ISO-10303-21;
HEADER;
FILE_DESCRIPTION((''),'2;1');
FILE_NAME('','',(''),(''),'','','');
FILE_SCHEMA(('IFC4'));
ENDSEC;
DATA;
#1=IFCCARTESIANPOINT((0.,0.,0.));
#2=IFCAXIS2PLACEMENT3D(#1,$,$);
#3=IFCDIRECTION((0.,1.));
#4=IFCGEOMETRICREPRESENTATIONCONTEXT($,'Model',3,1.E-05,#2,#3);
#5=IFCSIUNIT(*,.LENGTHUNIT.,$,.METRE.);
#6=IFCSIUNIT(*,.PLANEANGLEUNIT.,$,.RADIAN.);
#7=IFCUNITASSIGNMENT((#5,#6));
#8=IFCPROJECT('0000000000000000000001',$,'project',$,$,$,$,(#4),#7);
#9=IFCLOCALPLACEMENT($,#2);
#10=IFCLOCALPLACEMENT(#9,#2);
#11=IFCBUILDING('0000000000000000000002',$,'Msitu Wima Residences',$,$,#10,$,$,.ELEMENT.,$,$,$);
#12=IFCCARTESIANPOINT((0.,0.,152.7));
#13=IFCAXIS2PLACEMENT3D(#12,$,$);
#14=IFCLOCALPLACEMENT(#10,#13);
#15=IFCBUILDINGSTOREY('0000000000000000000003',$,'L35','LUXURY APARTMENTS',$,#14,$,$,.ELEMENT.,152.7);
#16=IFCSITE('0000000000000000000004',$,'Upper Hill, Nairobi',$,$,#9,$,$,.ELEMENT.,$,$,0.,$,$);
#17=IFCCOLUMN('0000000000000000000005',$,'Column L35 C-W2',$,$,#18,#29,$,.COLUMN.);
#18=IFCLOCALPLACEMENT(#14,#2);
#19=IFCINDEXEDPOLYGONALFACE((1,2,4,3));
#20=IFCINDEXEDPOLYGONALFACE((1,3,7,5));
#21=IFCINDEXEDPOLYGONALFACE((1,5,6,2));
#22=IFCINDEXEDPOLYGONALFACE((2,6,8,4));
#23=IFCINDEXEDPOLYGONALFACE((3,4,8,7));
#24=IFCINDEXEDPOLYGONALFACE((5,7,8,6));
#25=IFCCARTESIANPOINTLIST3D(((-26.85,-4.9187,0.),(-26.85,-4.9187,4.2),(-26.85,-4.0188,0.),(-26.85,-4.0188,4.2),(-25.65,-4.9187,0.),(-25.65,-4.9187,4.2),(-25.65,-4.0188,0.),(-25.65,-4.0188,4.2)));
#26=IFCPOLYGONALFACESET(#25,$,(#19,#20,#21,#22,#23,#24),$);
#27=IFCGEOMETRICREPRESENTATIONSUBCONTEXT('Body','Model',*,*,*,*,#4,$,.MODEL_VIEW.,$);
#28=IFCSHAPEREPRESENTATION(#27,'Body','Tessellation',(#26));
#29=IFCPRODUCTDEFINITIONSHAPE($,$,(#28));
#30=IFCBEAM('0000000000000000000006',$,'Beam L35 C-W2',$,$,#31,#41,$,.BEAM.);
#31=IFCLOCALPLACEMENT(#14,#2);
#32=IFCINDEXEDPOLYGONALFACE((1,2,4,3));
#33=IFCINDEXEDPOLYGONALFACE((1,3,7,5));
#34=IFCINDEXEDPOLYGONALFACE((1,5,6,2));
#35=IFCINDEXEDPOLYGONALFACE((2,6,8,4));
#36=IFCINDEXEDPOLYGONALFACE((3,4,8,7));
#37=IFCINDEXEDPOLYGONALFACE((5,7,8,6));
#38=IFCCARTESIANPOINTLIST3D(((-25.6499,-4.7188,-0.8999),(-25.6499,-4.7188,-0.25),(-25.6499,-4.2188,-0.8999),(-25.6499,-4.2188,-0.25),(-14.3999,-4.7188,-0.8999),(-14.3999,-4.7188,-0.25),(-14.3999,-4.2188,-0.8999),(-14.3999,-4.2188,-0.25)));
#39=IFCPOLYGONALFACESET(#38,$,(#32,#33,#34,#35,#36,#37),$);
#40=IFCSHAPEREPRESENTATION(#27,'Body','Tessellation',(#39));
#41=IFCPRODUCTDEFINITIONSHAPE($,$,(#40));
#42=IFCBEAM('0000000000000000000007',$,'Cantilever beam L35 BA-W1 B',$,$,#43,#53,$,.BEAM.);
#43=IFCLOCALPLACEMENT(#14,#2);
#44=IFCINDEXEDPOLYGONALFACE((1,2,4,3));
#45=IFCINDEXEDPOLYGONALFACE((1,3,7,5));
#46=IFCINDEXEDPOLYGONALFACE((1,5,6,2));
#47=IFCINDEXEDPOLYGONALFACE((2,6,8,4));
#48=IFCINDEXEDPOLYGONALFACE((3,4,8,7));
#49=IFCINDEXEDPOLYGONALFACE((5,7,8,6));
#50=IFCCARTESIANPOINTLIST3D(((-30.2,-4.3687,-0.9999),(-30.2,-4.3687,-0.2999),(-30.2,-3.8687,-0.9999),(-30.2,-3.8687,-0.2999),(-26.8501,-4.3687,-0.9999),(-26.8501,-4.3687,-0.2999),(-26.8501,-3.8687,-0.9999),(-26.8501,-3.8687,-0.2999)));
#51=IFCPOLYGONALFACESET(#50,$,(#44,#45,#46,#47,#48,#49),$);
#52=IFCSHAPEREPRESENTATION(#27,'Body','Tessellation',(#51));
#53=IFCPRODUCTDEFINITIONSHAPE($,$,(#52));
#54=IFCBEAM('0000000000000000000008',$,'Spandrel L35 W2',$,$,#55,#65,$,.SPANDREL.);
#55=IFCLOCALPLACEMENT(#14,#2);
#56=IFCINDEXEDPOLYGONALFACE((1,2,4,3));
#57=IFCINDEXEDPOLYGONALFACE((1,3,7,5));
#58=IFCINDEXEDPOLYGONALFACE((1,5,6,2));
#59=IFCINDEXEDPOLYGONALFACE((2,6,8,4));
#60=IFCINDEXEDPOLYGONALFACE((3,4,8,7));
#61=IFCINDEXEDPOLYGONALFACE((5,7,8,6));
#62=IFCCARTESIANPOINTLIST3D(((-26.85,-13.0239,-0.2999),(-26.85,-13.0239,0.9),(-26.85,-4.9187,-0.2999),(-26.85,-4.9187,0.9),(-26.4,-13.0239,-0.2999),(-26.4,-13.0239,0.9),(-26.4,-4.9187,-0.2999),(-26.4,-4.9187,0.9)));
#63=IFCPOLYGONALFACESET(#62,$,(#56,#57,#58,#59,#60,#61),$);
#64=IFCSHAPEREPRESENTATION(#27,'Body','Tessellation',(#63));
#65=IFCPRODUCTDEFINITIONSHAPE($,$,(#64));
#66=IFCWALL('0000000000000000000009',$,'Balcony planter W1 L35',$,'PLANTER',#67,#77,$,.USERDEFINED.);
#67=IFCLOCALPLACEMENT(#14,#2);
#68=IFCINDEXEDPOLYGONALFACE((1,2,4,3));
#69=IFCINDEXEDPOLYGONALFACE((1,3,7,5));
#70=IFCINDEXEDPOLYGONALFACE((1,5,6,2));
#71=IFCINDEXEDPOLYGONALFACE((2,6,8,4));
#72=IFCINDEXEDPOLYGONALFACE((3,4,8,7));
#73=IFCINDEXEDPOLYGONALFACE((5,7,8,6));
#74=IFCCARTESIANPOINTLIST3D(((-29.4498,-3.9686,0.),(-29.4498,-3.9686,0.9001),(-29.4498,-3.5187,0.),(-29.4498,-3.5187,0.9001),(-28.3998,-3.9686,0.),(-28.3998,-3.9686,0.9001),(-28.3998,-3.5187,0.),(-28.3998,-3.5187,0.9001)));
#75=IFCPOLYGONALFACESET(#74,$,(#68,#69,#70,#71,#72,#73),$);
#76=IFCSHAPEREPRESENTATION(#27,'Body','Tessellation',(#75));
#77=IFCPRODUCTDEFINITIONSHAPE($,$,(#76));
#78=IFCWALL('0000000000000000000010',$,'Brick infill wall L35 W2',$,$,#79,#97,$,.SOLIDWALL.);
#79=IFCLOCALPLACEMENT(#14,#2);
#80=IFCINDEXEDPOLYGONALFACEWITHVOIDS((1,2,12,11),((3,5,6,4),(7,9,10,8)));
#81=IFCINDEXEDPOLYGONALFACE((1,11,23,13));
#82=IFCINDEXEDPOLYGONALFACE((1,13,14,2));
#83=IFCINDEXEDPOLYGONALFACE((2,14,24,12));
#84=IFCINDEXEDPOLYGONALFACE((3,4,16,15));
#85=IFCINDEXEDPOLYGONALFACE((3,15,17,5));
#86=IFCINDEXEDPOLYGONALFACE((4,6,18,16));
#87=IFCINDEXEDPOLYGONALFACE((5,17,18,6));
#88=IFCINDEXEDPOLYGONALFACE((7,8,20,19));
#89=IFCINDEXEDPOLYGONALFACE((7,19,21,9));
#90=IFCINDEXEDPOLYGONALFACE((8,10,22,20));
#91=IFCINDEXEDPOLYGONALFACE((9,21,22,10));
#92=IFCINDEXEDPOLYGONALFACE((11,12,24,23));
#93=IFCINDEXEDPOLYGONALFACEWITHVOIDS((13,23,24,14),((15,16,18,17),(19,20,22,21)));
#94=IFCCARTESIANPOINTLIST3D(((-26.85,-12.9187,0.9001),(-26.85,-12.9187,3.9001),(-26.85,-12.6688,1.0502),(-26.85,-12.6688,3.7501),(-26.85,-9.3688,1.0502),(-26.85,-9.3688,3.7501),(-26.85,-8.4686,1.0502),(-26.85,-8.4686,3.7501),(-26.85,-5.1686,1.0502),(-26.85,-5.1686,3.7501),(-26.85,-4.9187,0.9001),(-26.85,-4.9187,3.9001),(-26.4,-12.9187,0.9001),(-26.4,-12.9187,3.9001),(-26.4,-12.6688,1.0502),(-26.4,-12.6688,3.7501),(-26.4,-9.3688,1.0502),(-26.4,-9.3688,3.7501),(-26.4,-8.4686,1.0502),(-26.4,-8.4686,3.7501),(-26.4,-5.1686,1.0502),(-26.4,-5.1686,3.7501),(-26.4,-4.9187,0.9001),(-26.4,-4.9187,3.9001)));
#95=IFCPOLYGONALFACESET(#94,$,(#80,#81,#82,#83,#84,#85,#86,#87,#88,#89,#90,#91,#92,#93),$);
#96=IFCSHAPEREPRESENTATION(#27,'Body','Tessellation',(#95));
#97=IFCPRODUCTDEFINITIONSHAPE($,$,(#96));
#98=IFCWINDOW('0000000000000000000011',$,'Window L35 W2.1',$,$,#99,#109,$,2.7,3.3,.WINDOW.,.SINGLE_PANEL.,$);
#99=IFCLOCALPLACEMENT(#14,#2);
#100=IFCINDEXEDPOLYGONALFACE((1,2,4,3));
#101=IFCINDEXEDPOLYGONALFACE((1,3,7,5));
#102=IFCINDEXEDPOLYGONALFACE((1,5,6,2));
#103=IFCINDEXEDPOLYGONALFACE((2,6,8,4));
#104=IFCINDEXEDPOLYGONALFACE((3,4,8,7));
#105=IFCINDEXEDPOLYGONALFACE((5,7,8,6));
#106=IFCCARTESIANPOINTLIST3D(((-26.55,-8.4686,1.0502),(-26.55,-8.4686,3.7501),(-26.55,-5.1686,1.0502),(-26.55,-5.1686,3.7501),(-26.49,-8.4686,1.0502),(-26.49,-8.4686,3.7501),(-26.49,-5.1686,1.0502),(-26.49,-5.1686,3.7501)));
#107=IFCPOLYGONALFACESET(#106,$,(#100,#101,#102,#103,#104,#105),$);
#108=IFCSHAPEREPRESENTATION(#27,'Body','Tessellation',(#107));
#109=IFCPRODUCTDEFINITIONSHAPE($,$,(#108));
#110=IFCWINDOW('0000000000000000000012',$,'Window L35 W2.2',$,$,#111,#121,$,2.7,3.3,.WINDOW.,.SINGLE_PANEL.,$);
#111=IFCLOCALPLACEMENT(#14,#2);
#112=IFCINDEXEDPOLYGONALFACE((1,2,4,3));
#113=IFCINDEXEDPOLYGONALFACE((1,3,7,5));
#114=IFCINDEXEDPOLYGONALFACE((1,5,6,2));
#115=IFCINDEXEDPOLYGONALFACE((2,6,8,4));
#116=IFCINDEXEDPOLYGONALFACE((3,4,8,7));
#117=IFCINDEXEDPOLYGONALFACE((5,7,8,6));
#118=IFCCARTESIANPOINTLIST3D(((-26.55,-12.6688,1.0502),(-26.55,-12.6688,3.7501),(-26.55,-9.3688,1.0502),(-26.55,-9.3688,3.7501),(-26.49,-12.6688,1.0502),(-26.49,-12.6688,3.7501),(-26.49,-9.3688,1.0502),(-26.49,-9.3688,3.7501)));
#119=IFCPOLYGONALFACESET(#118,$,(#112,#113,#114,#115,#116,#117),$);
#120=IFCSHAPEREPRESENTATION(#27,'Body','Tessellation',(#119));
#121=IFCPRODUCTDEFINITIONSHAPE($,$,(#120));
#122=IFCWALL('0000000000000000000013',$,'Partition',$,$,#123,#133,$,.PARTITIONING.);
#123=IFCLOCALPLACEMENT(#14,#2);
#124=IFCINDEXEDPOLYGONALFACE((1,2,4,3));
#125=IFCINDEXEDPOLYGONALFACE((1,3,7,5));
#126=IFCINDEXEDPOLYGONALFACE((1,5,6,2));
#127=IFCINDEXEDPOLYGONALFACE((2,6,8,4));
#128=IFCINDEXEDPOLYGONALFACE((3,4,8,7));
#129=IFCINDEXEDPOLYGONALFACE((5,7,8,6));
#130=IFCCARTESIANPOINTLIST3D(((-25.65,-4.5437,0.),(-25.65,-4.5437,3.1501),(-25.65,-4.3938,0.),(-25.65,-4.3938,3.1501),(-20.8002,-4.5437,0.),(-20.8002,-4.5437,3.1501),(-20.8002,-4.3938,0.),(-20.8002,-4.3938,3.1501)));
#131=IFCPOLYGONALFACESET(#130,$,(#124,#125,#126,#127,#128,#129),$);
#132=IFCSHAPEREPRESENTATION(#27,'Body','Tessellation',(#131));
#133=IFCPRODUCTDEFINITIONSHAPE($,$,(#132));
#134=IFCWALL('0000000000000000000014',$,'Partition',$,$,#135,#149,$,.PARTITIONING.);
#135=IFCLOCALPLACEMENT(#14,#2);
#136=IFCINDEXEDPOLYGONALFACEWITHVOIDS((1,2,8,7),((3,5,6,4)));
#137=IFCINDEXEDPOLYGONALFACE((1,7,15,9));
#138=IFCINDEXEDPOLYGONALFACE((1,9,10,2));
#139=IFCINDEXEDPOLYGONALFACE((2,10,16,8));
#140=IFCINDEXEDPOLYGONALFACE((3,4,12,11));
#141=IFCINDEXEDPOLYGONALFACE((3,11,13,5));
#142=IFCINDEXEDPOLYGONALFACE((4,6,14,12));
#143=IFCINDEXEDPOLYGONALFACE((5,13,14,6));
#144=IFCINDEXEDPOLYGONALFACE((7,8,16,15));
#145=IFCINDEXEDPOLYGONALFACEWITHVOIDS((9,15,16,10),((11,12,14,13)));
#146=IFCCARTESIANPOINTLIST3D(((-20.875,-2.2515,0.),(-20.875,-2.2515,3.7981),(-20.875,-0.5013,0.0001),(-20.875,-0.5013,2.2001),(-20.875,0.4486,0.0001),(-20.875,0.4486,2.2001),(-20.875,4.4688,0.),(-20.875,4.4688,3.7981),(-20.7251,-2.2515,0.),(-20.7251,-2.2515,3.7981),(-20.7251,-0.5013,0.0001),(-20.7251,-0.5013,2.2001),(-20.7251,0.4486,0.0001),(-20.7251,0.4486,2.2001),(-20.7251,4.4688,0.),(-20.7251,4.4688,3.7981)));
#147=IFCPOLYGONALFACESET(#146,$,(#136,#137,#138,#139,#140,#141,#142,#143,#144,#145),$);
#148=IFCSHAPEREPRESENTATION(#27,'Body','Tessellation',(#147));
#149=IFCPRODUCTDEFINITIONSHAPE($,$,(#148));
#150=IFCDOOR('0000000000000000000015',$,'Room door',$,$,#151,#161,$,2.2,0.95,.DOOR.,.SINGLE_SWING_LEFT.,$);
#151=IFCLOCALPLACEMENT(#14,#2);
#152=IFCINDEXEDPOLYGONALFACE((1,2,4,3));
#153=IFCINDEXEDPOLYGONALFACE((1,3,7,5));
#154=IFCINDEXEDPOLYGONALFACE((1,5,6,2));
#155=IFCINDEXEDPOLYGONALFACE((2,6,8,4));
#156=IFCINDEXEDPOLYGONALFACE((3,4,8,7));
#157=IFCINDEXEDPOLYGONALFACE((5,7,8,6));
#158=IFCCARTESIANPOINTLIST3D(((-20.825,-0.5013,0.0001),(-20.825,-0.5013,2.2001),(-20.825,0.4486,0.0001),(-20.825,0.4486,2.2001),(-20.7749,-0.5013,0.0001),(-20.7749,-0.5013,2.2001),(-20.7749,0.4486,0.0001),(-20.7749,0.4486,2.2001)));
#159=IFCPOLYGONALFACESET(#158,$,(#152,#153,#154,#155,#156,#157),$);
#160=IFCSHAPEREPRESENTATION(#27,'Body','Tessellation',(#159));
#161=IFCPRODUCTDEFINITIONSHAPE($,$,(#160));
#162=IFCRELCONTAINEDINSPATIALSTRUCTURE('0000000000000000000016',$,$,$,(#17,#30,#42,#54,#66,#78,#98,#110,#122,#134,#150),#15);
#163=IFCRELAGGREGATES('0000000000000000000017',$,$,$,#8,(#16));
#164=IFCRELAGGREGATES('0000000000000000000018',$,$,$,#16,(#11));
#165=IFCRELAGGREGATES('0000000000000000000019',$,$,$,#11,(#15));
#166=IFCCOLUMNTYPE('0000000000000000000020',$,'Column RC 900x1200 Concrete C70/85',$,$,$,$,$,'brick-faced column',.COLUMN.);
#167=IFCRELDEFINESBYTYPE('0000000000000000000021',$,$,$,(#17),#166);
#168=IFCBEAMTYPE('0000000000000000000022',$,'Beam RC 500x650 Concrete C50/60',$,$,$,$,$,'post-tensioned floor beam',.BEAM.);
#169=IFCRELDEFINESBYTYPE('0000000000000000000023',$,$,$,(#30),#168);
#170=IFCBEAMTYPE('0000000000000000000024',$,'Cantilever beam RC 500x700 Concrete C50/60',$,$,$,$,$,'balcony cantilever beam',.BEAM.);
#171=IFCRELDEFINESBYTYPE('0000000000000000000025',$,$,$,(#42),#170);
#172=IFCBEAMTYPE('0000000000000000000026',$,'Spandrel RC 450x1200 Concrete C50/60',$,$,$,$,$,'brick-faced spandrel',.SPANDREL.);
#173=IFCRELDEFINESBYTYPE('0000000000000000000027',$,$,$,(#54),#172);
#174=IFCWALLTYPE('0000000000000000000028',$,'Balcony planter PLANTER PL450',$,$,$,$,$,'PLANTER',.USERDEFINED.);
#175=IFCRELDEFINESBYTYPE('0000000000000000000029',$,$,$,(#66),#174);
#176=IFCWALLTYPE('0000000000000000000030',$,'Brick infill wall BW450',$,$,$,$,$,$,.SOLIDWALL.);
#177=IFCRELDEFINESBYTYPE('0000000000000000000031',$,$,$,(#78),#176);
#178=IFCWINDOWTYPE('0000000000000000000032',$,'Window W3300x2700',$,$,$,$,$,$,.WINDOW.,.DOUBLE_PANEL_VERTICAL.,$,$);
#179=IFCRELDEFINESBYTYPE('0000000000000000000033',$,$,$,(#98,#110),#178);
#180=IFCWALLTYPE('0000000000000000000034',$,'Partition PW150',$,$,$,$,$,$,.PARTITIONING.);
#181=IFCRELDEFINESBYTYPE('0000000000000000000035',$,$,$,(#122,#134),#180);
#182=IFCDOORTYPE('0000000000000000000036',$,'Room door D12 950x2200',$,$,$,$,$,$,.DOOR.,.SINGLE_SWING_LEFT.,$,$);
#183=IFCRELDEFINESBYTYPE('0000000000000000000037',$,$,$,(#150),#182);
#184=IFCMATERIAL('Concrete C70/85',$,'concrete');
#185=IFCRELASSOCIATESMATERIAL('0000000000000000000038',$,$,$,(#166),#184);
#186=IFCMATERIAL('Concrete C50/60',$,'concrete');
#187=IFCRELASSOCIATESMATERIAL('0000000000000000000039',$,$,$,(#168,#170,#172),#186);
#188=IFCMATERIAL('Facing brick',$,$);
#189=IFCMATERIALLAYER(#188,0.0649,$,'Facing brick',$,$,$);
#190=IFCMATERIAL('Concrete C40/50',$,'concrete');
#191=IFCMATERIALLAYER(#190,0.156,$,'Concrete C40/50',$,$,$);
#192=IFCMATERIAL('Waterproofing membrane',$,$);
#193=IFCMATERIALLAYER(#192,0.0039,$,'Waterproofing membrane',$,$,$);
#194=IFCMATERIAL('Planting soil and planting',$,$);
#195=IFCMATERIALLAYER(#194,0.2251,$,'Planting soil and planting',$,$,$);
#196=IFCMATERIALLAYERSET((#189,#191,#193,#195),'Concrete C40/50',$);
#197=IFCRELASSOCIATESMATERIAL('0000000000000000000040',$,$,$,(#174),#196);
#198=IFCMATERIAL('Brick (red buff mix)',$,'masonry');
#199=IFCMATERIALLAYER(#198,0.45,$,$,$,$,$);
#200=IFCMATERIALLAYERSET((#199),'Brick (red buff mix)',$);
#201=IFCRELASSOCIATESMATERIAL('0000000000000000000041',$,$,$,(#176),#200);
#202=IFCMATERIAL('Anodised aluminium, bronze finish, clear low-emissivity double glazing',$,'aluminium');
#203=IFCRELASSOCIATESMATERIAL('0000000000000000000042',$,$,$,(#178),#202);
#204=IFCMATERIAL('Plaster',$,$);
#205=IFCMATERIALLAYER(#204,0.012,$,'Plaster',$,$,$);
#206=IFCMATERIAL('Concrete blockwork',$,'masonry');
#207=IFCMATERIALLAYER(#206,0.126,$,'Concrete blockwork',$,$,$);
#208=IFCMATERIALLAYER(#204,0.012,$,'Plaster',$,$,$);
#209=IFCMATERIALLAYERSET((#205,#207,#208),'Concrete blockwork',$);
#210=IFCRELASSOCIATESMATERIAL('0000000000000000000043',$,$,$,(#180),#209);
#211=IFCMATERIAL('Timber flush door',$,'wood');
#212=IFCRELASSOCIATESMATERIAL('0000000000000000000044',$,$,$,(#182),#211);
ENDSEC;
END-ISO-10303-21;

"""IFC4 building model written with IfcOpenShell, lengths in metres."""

from ifc_helpers import new_model, si_unit, direction, frame, frame_2d, origin, origin_2d, place, context, subcontext, project, spatial, rectangle, extrude, material, layer, layer_set, material_profile, profile_set, type_object, element, fill, save


model = new_model("IFC4")

# Units and contexts
model_context = context("Model", 3, precision=1e-05, world=origin(), true_north=direction((0.0, 1.0)))
body_context = subcontext(model_context, "Body", "Model", "MODEL_VIEW")
ifc_project = project(units=[si_unit("LENGTHUNIT", "METRE"), si_unit("PLANEANGLEUNIT", "RADIAN")], contexts=[model_context])

# Site, building, storey
site_placement = place(None, origin())
site = spatial("IfcSite", under=ifc_project, at=site_placement, Name="Upper Hill, Nairobi", CompositionType="ELEMENT", RefElevation=0.0)
building_placement = place(site_placement, origin())
building = spatial("IfcBuilding", under=site, at=building_placement, Name="Msitu Wima Residences", CompositionType="ELEMENT")
storey_placement = place(building_placement, frame((0.0, 0.0, 152.7)))
storey = spatial("IfcBuildingStorey", under=building, at=storey_placement, Name="L35", Description="LUXURY APARTMENTS", CompositionType="ELEMENT", Elevation=152.7)

# Column
ifc_material_1 = material(Name="Concrete C70/85", Category="concrete")
ifc_material_profile_1 = material_profile(ifc_material_1, rectangle(XDim=0.8999, YDim=1.2, at=origin_2d()), Name="RC 900x1200")
ifc_profile_set_1 = profile_set([ifc_material_profile_1], Name="Concrete C70/85")
column_type = type_object("IfcColumnType", Name="Column RC 900x1200 Concrete C70/85", ElementType="brick-faced column", PredefinedType="COLUMN", material=ifc_profile_set_1)
column_placement = place(storey_placement, frame((-26.25, -4.4688, 0.0), z_axis=(0.0, 0.0, 1.0), x_axis=(0.0, -1.0, 0.0)))
element("IfcColumn", 1, at=column_placement, inside=storey, type_object=column_type, Name="Column L35 C-W2", PredefinedType="COLUMN", context=body_context, shape_type="SweptSolid", body=[
    extrude(rectangle(XDim=0.8999, YDim=1.2, at=origin_2d()), origin(), (0.0, 0.0, 1.0), 4.2),
])

# Beams
ifc_material_2 = material(Name="Concrete C50/60", Category="concrete")
ifc_material_profile_2 = material_profile(ifc_material_2, rectangle(XDim=0.5, YDim=0.6499, at=origin_2d()), Name="RC 500x650")
ifc_profile_set_2 = profile_set([ifc_material_profile_2], Name="Concrete C50/60")
beam_type_1 = type_object("IfcBeamType", Name="Beam RC 500x650 Concrete C50/60", ElementType="post-tensioned floor beam", PredefinedType="BEAM", material=ifc_profile_set_2)
beam_1_placement = place(storey_placement, frame((-25.6499, -4.4688, -0.575), z_axis=(1.0, 0.0, 0.0), x_axis=(0.0, 1.0, 0.0)))
element("IfcBeam", 2, at=beam_1_placement, inside=storey, type_object=beam_type_1, Name="Beam L35 C-W2", PredefinedType="BEAM", context=body_context, shape_type="SweptSolid", body=[
    extrude(rectangle(XDim=0.5, YDim=0.6499, at=origin_2d()), origin(), (0.0, 0.0, 1.0), 11.25),
])
ifc_material_profile_3 = material_profile(ifc_material_2, rectangle(XDim=0.5, YDim=0.7, at=origin_2d()), Name="RC 500x700")
ifc_profile_set_3 = profile_set([ifc_material_profile_3], Name="Concrete C50/60")
beam_type_2 = type_object("IfcBeamType", Name="Cantilever beam RC 500x700 Concrete C50/60", ElementType="balcony cantilever beam", PredefinedType="BEAM", material=ifc_profile_set_3)
beam_2_placement = place(storey_placement, frame((-26.8501, -4.1187, -0.6499), z_axis=(-1.0, 0.0, 0.0), x_axis=(0.0, -1.0, 0.0)))
element("IfcBeam", 3, at=beam_2_placement, inside=storey, type_object=beam_type_2, Name="Cantilever beam L35 BA-W1 B", PredefinedType="BEAM", context=body_context, shape_type="SweptSolid", body=[
    extrude(rectangle(XDim=0.5, YDim=0.7, at=origin_2d()), origin(), (0.0, 0.0, 1.0), 3.3499),
])
ifc_material_profile_4 = material_profile(ifc_material_2, rectangle(XDim=0.45, YDim=1.2, at=origin_2d()), Name="RC 450x1200")
ifc_profile_set_4 = profile_set([ifc_material_profile_4], Name="Concrete C50/60")
beam_type_3 = type_object("IfcBeamType", Name="Spandrel RC 450x1200 Concrete C50/60", ElementType="brick-faced spandrel", PredefinedType="SPANDREL", material=ifc_profile_set_4)
beam_3_placement = place(storey_placement, frame((-26.625, -4.9187, 0.3), z_axis=(0.0, -1.0, 0.0), x_axis=(1.0, 0.0, 0.0)))
element("IfcBeam", 4, at=beam_3_placement, inside=storey, type_object=beam_type_3, Name="Spandrel L35 W2", PredefinedType="SPANDREL", context=body_context, shape_type="SweptSolid", body=[
    extrude(rectangle(XDim=0.45, YDim=1.2, at=origin_2d()), origin(), (0.0, 0.0, 1.0), 8.1052),
])

# Wall
ifc_material_3 = material(Name="Facing brick")
ifc_layer_1 = layer(ifc_material_3, 0.0649, Name="Facing brick")
ifc_material_4 = material(Name="Concrete C40/50", Category="concrete")
ifc_layer_2 = layer(ifc_material_4, 0.156, Name="Concrete C40/50")
ifc_material_5 = material(Name="Waterproofing membrane")
ifc_layer_3 = layer(ifc_material_5, 0.0039, Name="Waterproofing membrane")
ifc_material_6 = material(Name="Planting soil and planting")
ifc_layer_4 = layer(ifc_material_6, 0.2251, Name="Planting soil and planting")
ifc_layer_set_1 = layer_set([ifc_layer_1, ifc_layer_2, ifc_layer_3, ifc_layer_4], Name="Concrete C40/50")
wall_type_1 = type_object("IfcWallType", Name="Balcony planter PLANTER PL450", ElementType="PLANTER", PredefinedType="USERDEFINED", material=ifc_layer_set_1)
wall_1_placement = place(storey_placement, frame((-28.3999, -3.7437, 0.0), z_axis=(0.0, 0.0, 1.0), x_axis=(-1.0, 0.0, 0.0)))
element("IfcWall", 5, at=wall_1_placement, inside=storey, type_object=wall_type_1, Name="Balcony planter W1 L35", ObjectType="PLANTER", PredefinedType="USERDEFINED", context=body_context, shape_type="SweptSolid", body=[
    extrude(rectangle(XDim=1.05, YDim=0.45, at=frame_2d((0.5249, 0.0))), origin(), (0.0, 0.0, 1.0), 0.9001),
])

# Wall, openings, windows
ifc_material_7 = material(Name="Brick (red buff mix)", Category="masonry")
ifc_layer_5 = layer(ifc_material_7, 0.45)
ifc_layer_set_2 = layer_set([ifc_layer_5], Name="Brick (red buff mix)")
wall_type_2 = type_object("IfcWallType", Name="Brick infill wall BW450", PredefinedType="SOLIDWALL", material=ifc_layer_set_2)
wall_2_placement = place(storey_placement, frame((-26.625, -4.9187, 0.9001), z_axis=(0.0, 0.0, 1.0), x_axis=(0.0, -1.0, 0.0)))
wall_2 = element("IfcWall", 6, at=wall_2_placement, inside=storey, type_object=wall_type_2, Name="Brick infill wall L35 W2", PredefinedType="SOLIDWALL", context=body_context, shape_type="SweptSolid", body=[
    extrude(rectangle(XDim=8.0, YDim=0.45, at=frame_2d((4.0, 0.0))), origin(), (0.0, 0.0, 1.0), 3.0),
])
opening_1_placement = place(wall_2_placement, frame((0.25, 0.0, 0.1499)))
opening_1 = element("IfcOpeningElement", 7, at=opening_1_placement, cuts=wall_2, PredefinedType="OPENING", context=body_context, shape_type="SweptSolid", body=[
    extrude(rectangle(XDim=3.3, YDim=2.7, at=frame_2d((1.6499, 1.3501))), frame((0.0, 0.2349, 0.0), z_axis=(0.0, -1.0, 0.0), x_axis=(1.0, 0.0, 0.0)), (0.0, 0.0, 1.0), 0.47),
])
opening_2_placement = place(wall_2_placement, frame((4.4502, 0.0, 0.1499)))
opening_2 = element("IfcOpeningElement", 8, at=opening_2_placement, cuts=wall_2, PredefinedType="OPENING", context=body_context, shape_type="SweptSolid", body=[
    extrude(rectangle(XDim=3.3, YDim=2.7, at=frame_2d((1.6499, 1.3501))), frame((0.0, 0.2349, 0.0), z_axis=(0.0, -1.0, 0.0), x_axis=(1.0, 0.0, 0.0)), (0.0, 0.0, 1.0), 0.47),
])
ifc_material_8 = material(Name="Anodised aluminium, bronze finish, clear low-emissivity double glazing", Category="aluminium")
window_type = type_object("IfcWindowType", Name="Window W3300x2700", PartitioningType="DOUBLE_PANEL_VERTICAL", PredefinedType="WINDOW", material=ifc_material_8)
window_1_placement = place(opening_1_placement, origin())
window_1 = element("IfcWindow", 9, at=window_1_placement, inside=storey, type_object=window_type, Name="Window L35 W2.1", OverallHeight=2.7, OverallWidth=3.3, PartitioningType="SINGLE_PANEL", PredefinedType="WINDOW", context=body_context, shape_type="SweptSolid", body=[
    extrude(rectangle(XDim=3.3, YDim=2.7, at=frame_2d((1.6499, 1.3501))), frame((0.0, 0.135, 0.0), z_axis=(0.0, -1.0, 0.0), x_axis=(1.0, 0.0, 0.0)), (0.0, 0.0, 1.0), 0.0601),
])
fill(opening_1, window_1)
window_2_placement = place(opening_2_placement, origin())
window_2 = element("IfcWindow", 10, at=window_2_placement, inside=storey, type_object=window_type, Name="Window L35 W2.2", OverallHeight=2.7, OverallWidth=3.3, PartitioningType="SINGLE_PANEL", PredefinedType="WINDOW", context=body_context, shape_type="SweptSolid", body=[
    extrude(rectangle(XDim=3.3, YDim=2.7, at=frame_2d((1.6499, 1.3501))), frame((0.0, 0.135, 0.0), z_axis=(0.0, -1.0, 0.0), x_axis=(1.0, 0.0, 0.0)), (0.0, 0.0, 1.0), 0.0601),
])
fill(opening_2, window_2)

# Wall
ifc_material_9 = material(Name="Plaster")
ifc_layer_6 = layer(ifc_material_9, 0.012, Name="Plaster")
ifc_material_10 = material(Name="Concrete blockwork", Category="masonry")
ifc_layer_7 = layer(ifc_material_10, 0.126, Name="Concrete blockwork")
ifc_layer_8 = layer(ifc_material_9, 0.012, Name="Plaster")
ifc_layer_set_3 = layer_set([ifc_layer_6, ifc_layer_7, ifc_layer_8], Name="Concrete blockwork")
wall_type_3 = type_object("IfcWallType", Name="Partition PW150", PredefinedType="PARTITIONING", material=ifc_layer_set_3)
wall_3_placement = place(storey_placement, frame((-25.6499, -4.4688, 0.0), z_axis=(0.0, 0.0, 1.0), x_axis=(1.0, 0.0, 0.0)))
element("IfcWall", 11, at=wall_3_placement, inside=storey, type_object=wall_type_3, Name="Partition", PredefinedType="PARTITIONING", context=body_context, shape_type="SweptSolid", body=[
    extrude(rectangle(XDim=4.8499, YDim=0.1499, at=frame_2d((2.4248, 0.0))), origin(), (0.0, 0.0, 1.0), 3.1501),
])

# Wall, opening, door
wall_4_placement = place(storey_placement, frame((-20.8, -2.2515, 0.0), z_axis=(0.0, 0.0, 1.0), x_axis=(0.0, 1.0, 0.0)))
wall_4 = element("IfcWall", 12, at=wall_4_placement, inside=storey, type_object=wall_type_3, Name="Partition", PredefinedType="PARTITIONING", context=body_context, shape_type="SweptSolid", body=[
    extrude(rectangle(XDim=6.7202, YDim=0.1499, at=frame_2d((3.3601, 0.0))), origin(), (0.0, 0.0, 1.0), 3.7981),
])
opening_3_placement = place(wall_4_placement, frame((1.75, 0.0, 0.0)))
opening_3 = element("IfcOpeningElement", 13, at=opening_3_placement, cuts=wall_4, PredefinedType="OPENING", context=body_context, shape_type="SweptSolid", body=[
    extrude(rectangle(XDim=0.95, YDim=2.2, at=frame_2d((0.4751, 1.1001))), frame((0.0, 0.085, 0.0), z_axis=(0.0, -1.0, 0.0), x_axis=(1.0, 0.0, 0.0)), (0.0, 0.0, 1.0), 0.1699),
])
ifc_material_11 = material(Name="Timber flush door", Category="wood")
door_type_1 = type_object("IfcDoorType", Name="Room door D12 950x2200", OperationType="SINGLE_SWING_LEFT", PredefinedType="DOOR", material=ifc_material_11)
door_1_placement = place(opening_3_placement, origin())
door_1 = element("IfcDoor", 14, at=door_1_placement, inside=storey, type_object=door_type_1, Name="Room door", OperationType="SINGLE_SWING_LEFT", OverallHeight=2.2, OverallWidth=0.95, PredefinedType="DOOR", context=body_context, shape_type="SweptSolid", body=[
    extrude(rectangle(XDim=0.95, YDim=2.2, at=frame_2d((0.4751, 1.1001))), frame((0.0, 0.0249, 0.0), z_axis=(0.0, -1.0, 0.0), x_axis=(1.0, 0.0, 0.0)), (0.0, 0.0, 1.0), 0.05),
])
fill(opening_3, door_1)

save(model, "model.ifc")
